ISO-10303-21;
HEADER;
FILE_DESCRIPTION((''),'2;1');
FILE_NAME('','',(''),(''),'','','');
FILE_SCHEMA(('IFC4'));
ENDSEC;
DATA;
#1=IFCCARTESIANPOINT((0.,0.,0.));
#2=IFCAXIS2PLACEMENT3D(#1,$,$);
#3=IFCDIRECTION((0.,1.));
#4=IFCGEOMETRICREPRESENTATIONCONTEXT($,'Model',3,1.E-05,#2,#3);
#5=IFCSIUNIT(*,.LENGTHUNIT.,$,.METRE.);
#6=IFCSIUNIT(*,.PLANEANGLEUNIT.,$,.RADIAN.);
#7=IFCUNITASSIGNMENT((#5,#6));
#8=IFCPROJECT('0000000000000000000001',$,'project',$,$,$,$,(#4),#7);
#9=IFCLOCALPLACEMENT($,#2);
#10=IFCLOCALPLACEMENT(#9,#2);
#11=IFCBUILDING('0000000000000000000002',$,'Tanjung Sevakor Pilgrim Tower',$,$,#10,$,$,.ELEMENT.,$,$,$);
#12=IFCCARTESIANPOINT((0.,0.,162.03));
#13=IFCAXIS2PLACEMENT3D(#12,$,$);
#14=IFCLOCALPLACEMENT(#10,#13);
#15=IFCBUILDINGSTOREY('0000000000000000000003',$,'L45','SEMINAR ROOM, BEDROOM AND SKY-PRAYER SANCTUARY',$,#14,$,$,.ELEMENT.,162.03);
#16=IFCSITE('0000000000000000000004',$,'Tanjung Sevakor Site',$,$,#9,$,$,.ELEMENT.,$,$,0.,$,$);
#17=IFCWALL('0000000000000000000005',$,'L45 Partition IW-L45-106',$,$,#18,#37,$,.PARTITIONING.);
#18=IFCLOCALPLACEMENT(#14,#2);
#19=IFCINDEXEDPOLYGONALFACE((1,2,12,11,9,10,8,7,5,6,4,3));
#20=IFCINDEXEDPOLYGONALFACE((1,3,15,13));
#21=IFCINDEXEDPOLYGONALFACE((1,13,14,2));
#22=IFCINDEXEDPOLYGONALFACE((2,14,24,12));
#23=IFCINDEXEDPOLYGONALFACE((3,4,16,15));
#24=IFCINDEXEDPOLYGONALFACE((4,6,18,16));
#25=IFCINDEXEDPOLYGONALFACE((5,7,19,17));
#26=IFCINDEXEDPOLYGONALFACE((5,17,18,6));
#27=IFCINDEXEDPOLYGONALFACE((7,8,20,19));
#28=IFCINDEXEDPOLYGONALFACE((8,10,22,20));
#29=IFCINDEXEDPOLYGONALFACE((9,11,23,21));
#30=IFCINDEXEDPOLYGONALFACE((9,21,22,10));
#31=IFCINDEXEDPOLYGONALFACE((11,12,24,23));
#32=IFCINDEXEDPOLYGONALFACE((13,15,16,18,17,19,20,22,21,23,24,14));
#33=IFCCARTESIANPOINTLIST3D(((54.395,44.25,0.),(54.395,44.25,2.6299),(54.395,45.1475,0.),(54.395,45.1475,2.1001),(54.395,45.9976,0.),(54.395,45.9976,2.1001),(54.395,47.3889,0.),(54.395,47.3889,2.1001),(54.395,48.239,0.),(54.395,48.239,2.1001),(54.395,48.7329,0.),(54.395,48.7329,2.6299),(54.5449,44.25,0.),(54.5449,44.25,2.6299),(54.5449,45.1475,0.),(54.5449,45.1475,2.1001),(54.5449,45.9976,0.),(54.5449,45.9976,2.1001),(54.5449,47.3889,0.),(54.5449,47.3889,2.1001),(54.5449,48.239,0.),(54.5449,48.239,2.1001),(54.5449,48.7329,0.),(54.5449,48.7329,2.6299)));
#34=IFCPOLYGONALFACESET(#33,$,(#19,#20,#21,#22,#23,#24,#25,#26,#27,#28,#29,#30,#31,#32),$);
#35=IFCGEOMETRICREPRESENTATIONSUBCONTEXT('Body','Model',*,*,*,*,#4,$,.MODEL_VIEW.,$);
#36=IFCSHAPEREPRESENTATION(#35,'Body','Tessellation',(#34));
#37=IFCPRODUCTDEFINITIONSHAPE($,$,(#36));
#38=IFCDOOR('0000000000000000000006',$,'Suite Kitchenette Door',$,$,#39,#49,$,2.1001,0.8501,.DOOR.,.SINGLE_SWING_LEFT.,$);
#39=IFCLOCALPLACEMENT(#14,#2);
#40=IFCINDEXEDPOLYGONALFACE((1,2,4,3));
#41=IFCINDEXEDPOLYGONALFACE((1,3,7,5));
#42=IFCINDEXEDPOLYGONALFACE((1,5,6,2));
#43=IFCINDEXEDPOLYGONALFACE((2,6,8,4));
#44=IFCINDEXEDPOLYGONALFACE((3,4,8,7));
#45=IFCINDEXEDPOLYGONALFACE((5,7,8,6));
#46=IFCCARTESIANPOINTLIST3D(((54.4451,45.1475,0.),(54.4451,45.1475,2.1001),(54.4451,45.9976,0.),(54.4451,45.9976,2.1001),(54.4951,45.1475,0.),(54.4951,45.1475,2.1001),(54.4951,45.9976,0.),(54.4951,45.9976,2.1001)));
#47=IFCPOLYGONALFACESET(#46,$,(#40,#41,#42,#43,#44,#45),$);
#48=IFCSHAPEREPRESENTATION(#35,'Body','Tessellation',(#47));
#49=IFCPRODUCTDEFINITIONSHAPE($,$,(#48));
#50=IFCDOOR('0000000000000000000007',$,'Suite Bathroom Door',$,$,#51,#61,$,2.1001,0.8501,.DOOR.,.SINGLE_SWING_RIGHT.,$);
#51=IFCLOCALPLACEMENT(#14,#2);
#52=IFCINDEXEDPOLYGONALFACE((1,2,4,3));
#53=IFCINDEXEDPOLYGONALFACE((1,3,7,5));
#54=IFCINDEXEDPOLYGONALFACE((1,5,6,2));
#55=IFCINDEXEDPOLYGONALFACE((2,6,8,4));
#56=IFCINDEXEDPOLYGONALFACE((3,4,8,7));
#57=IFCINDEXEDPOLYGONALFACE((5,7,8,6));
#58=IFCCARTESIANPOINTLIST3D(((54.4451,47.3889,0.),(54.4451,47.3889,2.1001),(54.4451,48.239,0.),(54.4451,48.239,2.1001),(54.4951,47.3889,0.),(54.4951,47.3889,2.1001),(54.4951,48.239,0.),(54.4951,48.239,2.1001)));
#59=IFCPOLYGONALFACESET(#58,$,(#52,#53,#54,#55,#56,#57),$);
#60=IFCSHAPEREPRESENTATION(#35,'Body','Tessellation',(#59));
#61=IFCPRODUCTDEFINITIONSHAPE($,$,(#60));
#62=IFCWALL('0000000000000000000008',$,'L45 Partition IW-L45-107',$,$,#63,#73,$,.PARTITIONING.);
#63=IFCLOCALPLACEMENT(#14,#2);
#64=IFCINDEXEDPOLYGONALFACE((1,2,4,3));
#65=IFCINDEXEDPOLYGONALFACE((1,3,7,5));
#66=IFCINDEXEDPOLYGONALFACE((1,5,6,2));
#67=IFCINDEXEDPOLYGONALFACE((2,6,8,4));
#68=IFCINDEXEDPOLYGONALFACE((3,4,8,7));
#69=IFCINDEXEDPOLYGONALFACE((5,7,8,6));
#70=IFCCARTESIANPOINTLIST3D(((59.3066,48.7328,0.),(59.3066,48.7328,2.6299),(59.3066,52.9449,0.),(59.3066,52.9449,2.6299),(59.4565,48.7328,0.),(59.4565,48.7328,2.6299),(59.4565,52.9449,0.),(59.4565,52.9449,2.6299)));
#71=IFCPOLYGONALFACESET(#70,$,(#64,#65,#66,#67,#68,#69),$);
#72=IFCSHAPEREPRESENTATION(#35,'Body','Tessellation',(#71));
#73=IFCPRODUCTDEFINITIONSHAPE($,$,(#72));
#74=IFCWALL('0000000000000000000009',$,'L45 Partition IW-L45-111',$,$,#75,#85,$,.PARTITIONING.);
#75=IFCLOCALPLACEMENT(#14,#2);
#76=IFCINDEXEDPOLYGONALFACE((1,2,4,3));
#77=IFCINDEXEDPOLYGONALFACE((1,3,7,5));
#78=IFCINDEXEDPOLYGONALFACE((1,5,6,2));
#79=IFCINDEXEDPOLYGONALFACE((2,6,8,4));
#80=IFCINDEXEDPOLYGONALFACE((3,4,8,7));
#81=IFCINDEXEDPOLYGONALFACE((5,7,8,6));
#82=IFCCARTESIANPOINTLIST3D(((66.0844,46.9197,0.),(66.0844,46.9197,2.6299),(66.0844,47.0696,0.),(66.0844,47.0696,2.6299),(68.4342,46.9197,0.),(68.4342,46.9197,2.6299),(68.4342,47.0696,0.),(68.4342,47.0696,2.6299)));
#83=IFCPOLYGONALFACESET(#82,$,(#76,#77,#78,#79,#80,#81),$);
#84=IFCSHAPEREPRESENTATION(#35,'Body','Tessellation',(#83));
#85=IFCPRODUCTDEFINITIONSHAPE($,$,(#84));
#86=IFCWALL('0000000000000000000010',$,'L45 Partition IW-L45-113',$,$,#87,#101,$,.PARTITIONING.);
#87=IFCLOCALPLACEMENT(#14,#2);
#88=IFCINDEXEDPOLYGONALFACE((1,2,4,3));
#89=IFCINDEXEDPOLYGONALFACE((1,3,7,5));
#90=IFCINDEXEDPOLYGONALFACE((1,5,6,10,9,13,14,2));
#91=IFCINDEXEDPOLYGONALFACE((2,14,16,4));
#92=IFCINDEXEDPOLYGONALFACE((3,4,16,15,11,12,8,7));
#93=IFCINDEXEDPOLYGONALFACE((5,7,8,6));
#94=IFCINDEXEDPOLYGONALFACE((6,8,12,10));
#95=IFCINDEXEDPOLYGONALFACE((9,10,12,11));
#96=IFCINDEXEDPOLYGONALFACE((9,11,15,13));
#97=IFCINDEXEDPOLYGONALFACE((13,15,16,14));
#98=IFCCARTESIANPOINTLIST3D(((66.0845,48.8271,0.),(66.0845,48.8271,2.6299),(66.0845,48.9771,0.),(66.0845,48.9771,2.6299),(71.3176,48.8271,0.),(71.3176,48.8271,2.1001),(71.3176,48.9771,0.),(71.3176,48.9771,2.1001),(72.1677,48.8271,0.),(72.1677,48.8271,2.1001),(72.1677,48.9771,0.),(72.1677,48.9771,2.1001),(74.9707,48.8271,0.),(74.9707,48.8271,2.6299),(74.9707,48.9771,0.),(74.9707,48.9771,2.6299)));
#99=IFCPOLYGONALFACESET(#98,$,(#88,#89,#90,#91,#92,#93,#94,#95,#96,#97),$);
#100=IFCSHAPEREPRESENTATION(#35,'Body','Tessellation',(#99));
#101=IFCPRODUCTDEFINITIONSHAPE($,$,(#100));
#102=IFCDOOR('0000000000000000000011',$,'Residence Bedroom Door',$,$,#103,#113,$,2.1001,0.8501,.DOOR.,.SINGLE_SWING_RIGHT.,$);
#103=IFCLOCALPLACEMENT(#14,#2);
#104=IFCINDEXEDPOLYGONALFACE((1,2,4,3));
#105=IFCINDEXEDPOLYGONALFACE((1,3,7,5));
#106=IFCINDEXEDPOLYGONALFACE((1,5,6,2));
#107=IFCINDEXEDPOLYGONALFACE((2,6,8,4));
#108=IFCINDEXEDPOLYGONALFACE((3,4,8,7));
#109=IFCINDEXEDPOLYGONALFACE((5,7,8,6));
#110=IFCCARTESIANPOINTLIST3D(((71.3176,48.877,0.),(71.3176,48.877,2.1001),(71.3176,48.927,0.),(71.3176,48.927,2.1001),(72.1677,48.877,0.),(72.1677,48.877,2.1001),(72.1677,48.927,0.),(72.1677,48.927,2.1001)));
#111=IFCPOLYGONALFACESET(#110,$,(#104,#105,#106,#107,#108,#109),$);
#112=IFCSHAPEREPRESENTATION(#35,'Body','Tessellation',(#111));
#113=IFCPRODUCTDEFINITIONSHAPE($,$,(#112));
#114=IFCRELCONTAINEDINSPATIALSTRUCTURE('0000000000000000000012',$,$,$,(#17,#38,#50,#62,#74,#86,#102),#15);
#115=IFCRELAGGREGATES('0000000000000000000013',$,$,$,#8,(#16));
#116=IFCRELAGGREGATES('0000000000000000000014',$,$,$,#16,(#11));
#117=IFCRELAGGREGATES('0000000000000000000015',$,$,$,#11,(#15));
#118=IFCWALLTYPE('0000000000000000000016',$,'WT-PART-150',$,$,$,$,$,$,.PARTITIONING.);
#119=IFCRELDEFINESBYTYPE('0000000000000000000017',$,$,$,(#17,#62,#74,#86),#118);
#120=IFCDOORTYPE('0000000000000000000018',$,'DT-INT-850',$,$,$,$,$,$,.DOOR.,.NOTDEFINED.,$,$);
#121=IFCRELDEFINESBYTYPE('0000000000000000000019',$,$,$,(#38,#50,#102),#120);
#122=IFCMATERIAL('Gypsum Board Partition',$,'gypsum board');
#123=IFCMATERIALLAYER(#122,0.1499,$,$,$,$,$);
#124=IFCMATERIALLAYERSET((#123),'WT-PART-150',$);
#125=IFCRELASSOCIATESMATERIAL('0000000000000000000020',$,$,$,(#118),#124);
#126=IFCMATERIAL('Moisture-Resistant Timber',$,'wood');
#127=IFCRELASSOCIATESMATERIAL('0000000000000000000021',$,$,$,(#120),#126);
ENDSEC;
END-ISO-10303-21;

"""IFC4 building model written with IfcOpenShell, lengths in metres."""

from ifc_helpers import new_model, si_unit, direction, frame, frame_2d, origin, place, context, subcontext, project, spatial, rectangle, extrude, material, layer, layer_set, type_object, element, fill, save


model = new_model("IFC4")

# Units and contexts
model_context = context("Model", 3, precision=1e-05, world=origin(), true_north=direction((0.0, 1.0)))
body_context = subcontext(model_context, "Body", "Model", "MODEL_VIEW")
ifc_project = project(units=[si_unit("LENGTHUNIT", "METRE"), si_unit("PLANEANGLEUNIT", "RADIAN")], contexts=[model_context])

# Site, building, storey
site_placement = place(None, origin())
site = spatial("IfcSite", under=ifc_project, at=site_placement, Name="Tanjung Sevakor Site", CompositionType="ELEMENT", RefElevation=0.0)
building_placement = place(site_placement, origin())
building = spatial("IfcBuilding", under=site, at=building_placement, Name="Tanjung Sevakor Pilgrim Tower", CompositionType="ELEMENT")
storey_placement = place(building_placement, frame((0.0, 0.0, 162.03)))
storey = spatial("IfcBuildingStorey", under=building, at=storey_placement, Name="L45", Description="SEMINAR ROOM, BEDROOM AND SKY-PRAYER SANCTUARY", CompositionType="ELEMENT", Elevation=162.03)

# Wall, openings, doors
ifc_material_1 = material(Name="Gypsum Board Partition", Category="gypsum board")
ifc_layer_1 = layer(ifc_material_1, 0.1499)
ifc_layer_set_1 = layer_set([ifc_layer_1], Name="WT-PART-150")
wall_type_1 = type_object("IfcWallType", Name="WT-PART-150", PredefinedType="PARTITIONING", material=ifc_layer_set_1)
wall_1_placement = place(storey_placement, frame((54.47, 44.25, 0.0), z_axis=(0.0, 0.0, 1.0), x_axis=(0.0, 1.0, 0.0)))
wall_1 = element("IfcWall", 1, at=wall_1_placement, inside=storey, type_object=wall_type_1, Name="L45 Partition IW-L45-106", PredefinedType="PARTITIONING", context=body_context, shape_type="SweptSolid", body=[
    extrude(rectangle(XDim=4.4829, YDim=0.1499, at=frame_2d((2.2415, 0.0))), origin(), (0.0, 0.0, 1.0), 2.6299),
])
opening_1_placement = place(wall_1_placement, frame((0.8975, 0.0, 0.0)))
opening_1 = element("IfcOpeningElement", 2, at=opening_1_placement, cuts=wall_1, PredefinedType="OPENING", context=body_context, shape_type="SweptSolid", body=[
    extrude(rectangle(XDim=0.8501, YDim=2.1001, at=frame_2d((0.425, 1.05))), frame((0.0, 0.085, 0.0), z_axis=(0.0, -1.0, 0.0), x_axis=(1.0, 0.0, 0.0)), (0.0, 0.0, 1.0), 0.1699),
])
opening_2_placement = place(wall_1_placement, frame((3.1389, 0.0, 0.0)))
opening_2 = element("IfcOpeningElement", 3, at=opening_2_placement, cuts=wall_1, PredefinedType="OPENING", context=body_context, shape_type="SweptSolid", body=[
    extrude(rectangle(XDim=0.8501, YDim=2.1001, at=frame_2d((0.425, 1.05))), frame((0.0, 0.085, 0.0), z_axis=(0.0, -1.0, 0.0), x_axis=(1.0, 0.0, 0.0)), (0.0, 0.0, 1.0), 0.1699),
])
ifc_material_2 = material(Name="Moisture-Resistant Timber", Category="wood")
door_type_1 = type_object("IfcDoorType", Name="DT-INT-850", OperationType="NOTDEFINED", PredefinedType="DOOR", material=ifc_material_2)
door_1_placement = place(opening_1_placement, origin())
door_1 = element("IfcDoor", 4, at=door_1_placement, inside=storey, type_object=door_type_1, Name="Suite Kitchenette Door", OperationType="SINGLE_SWING_LEFT", OverallHeight=2.1001, OverallWidth=0.8501, PredefinedType="DOOR", context=body_context, shape_type="SweptSolid", body=[
    extrude(rectangle(XDim=0.8501, YDim=2.1001, at=frame_2d((0.425, 1.05))), frame((0.0, 0.0249, 0.0), z_axis=(0.0, -1.0, 0.0), x_axis=(1.0, 0.0, 0.0)), (0.0, 0.0, 1.0), 0.05),
])
fill(opening_1, door_1)
door_2_placement = place(opening_2_placement, origin())
door_2 = element("IfcDoor", 5, at=door_2_placement, inside=storey, type_object=door_type_1, Name="Suite Bathroom Door", OperationType="SINGLE_SWING_RIGHT", OverallHeight=2.1001, OverallWidth=0.8501, PredefinedType="DOOR", context=body_context, shape_type="SweptSolid", body=[
    extrude(rectangle(XDim=0.8501, YDim=2.1001, at=frame_2d((0.425, 1.05))), frame((0.0, 0.0249, 0.0), z_axis=(0.0, -1.0, 0.0), x_axis=(1.0, 0.0, 0.0)), (0.0, 0.0, 1.0), 0.05),
])
fill(opening_2, door_2)

# Walls
wall_2_placement = place(storey_placement, frame((59.3816, 48.7329, 0.0), z_axis=(0.0, 0.0, 1.0), x_axis=(0.0, 1.0, 0.0)))
element("IfcWall", 6, at=wall_2_placement, inside=storey, type_object=wall_type_1, Name="L45 Partition IW-L45-107", PredefinedType="PARTITIONING", context=body_context, shape_type="SweptSolid", body=[
    extrude(rectangle(XDim=4.2122, YDim=0.1499, at=frame_2d((2.106, 0.0))), origin(), (0.0, 0.0, 1.0), 2.6299),
])
wall_3_placement = place(storey_placement, frame((66.0845, 46.9946, 0.0), z_axis=(0.0, 0.0, 1.0), x_axis=(1.0, 0.0, 0.0)))
element("IfcWall", 7, at=wall_3_placement, inside=storey, type_object=wall_type_1, Name="L45 Partition IW-L45-111", PredefinedType="PARTITIONING", context=body_context, shape_type="SweptSolid", body=[
    extrude(rectangle(XDim=2.3499, YDim=0.1499, at=frame_2d((1.1748, 0.0))), origin(), (0.0, 0.0, 1.0), 2.6299),
])

# Wall, opening, door
wall_4_placement = place(storey_placement, frame((66.0845, 48.9021, 0.0), z_axis=(0.0, 0.0, 1.0), x_axis=(1.0, 0.0, 0.0)))
wall_4 = element("IfcWall", 8, at=wall_4_placement, inside=storey, type_object=wall_type_1, Name="L45 Partition IW-L45-113", PredefinedType="PARTITIONING", context=body_context, shape_type="SweptSolid", body=[
    extrude(rectangle(XDim=8.8862, YDim=0.1499, at=frame_2d((4.4431, 0.0))), origin(), (0.0, 0.0, 1.0), 2.6299),
])
opening_3_placement = place(wall_4_placement, frame((5.2332, 0.0, 0.0)))
opening_3 = element("IfcOpeningElement", 9, at=opening_3_placement, cuts=wall_4, PredefinedType="OPENING", context=body_context, shape_type="SweptSolid", body=[
    extrude(rectangle(XDim=0.8501, YDim=2.1001, at=frame_2d((0.425, 1.05))), frame((0.0, 0.085, 0.0), z_axis=(0.0, -1.0, 0.0), x_axis=(1.0, 0.0, 0.0)), (0.0, 0.0, 1.0), 0.1699),
])
door_3_placement = place(opening_3_placement, origin())
door_3 = element("IfcDoor", 10, at=door_3_placement, inside=storey, type_object=door_type_1, Name="Residence Bedroom Door", OperationType="SINGLE_SWING_RIGHT", OverallHeight=2.1001, OverallWidth=0.8501, PredefinedType="DOOR", context=body_context, shape_type="SweptSolid", body=[
    extrude(rectangle(XDim=0.8501, YDim=2.1001, at=frame_2d((0.425, 1.05))), frame((0.0, 0.0249, 0.0), z_axis=(0.0, -1.0, 0.0), x_axis=(1.0, 0.0, 0.0)), (0.0, 0.0, 1.0), 0.05),
])
fill(opening_3, door_3)

save(model, "model.ifc")
